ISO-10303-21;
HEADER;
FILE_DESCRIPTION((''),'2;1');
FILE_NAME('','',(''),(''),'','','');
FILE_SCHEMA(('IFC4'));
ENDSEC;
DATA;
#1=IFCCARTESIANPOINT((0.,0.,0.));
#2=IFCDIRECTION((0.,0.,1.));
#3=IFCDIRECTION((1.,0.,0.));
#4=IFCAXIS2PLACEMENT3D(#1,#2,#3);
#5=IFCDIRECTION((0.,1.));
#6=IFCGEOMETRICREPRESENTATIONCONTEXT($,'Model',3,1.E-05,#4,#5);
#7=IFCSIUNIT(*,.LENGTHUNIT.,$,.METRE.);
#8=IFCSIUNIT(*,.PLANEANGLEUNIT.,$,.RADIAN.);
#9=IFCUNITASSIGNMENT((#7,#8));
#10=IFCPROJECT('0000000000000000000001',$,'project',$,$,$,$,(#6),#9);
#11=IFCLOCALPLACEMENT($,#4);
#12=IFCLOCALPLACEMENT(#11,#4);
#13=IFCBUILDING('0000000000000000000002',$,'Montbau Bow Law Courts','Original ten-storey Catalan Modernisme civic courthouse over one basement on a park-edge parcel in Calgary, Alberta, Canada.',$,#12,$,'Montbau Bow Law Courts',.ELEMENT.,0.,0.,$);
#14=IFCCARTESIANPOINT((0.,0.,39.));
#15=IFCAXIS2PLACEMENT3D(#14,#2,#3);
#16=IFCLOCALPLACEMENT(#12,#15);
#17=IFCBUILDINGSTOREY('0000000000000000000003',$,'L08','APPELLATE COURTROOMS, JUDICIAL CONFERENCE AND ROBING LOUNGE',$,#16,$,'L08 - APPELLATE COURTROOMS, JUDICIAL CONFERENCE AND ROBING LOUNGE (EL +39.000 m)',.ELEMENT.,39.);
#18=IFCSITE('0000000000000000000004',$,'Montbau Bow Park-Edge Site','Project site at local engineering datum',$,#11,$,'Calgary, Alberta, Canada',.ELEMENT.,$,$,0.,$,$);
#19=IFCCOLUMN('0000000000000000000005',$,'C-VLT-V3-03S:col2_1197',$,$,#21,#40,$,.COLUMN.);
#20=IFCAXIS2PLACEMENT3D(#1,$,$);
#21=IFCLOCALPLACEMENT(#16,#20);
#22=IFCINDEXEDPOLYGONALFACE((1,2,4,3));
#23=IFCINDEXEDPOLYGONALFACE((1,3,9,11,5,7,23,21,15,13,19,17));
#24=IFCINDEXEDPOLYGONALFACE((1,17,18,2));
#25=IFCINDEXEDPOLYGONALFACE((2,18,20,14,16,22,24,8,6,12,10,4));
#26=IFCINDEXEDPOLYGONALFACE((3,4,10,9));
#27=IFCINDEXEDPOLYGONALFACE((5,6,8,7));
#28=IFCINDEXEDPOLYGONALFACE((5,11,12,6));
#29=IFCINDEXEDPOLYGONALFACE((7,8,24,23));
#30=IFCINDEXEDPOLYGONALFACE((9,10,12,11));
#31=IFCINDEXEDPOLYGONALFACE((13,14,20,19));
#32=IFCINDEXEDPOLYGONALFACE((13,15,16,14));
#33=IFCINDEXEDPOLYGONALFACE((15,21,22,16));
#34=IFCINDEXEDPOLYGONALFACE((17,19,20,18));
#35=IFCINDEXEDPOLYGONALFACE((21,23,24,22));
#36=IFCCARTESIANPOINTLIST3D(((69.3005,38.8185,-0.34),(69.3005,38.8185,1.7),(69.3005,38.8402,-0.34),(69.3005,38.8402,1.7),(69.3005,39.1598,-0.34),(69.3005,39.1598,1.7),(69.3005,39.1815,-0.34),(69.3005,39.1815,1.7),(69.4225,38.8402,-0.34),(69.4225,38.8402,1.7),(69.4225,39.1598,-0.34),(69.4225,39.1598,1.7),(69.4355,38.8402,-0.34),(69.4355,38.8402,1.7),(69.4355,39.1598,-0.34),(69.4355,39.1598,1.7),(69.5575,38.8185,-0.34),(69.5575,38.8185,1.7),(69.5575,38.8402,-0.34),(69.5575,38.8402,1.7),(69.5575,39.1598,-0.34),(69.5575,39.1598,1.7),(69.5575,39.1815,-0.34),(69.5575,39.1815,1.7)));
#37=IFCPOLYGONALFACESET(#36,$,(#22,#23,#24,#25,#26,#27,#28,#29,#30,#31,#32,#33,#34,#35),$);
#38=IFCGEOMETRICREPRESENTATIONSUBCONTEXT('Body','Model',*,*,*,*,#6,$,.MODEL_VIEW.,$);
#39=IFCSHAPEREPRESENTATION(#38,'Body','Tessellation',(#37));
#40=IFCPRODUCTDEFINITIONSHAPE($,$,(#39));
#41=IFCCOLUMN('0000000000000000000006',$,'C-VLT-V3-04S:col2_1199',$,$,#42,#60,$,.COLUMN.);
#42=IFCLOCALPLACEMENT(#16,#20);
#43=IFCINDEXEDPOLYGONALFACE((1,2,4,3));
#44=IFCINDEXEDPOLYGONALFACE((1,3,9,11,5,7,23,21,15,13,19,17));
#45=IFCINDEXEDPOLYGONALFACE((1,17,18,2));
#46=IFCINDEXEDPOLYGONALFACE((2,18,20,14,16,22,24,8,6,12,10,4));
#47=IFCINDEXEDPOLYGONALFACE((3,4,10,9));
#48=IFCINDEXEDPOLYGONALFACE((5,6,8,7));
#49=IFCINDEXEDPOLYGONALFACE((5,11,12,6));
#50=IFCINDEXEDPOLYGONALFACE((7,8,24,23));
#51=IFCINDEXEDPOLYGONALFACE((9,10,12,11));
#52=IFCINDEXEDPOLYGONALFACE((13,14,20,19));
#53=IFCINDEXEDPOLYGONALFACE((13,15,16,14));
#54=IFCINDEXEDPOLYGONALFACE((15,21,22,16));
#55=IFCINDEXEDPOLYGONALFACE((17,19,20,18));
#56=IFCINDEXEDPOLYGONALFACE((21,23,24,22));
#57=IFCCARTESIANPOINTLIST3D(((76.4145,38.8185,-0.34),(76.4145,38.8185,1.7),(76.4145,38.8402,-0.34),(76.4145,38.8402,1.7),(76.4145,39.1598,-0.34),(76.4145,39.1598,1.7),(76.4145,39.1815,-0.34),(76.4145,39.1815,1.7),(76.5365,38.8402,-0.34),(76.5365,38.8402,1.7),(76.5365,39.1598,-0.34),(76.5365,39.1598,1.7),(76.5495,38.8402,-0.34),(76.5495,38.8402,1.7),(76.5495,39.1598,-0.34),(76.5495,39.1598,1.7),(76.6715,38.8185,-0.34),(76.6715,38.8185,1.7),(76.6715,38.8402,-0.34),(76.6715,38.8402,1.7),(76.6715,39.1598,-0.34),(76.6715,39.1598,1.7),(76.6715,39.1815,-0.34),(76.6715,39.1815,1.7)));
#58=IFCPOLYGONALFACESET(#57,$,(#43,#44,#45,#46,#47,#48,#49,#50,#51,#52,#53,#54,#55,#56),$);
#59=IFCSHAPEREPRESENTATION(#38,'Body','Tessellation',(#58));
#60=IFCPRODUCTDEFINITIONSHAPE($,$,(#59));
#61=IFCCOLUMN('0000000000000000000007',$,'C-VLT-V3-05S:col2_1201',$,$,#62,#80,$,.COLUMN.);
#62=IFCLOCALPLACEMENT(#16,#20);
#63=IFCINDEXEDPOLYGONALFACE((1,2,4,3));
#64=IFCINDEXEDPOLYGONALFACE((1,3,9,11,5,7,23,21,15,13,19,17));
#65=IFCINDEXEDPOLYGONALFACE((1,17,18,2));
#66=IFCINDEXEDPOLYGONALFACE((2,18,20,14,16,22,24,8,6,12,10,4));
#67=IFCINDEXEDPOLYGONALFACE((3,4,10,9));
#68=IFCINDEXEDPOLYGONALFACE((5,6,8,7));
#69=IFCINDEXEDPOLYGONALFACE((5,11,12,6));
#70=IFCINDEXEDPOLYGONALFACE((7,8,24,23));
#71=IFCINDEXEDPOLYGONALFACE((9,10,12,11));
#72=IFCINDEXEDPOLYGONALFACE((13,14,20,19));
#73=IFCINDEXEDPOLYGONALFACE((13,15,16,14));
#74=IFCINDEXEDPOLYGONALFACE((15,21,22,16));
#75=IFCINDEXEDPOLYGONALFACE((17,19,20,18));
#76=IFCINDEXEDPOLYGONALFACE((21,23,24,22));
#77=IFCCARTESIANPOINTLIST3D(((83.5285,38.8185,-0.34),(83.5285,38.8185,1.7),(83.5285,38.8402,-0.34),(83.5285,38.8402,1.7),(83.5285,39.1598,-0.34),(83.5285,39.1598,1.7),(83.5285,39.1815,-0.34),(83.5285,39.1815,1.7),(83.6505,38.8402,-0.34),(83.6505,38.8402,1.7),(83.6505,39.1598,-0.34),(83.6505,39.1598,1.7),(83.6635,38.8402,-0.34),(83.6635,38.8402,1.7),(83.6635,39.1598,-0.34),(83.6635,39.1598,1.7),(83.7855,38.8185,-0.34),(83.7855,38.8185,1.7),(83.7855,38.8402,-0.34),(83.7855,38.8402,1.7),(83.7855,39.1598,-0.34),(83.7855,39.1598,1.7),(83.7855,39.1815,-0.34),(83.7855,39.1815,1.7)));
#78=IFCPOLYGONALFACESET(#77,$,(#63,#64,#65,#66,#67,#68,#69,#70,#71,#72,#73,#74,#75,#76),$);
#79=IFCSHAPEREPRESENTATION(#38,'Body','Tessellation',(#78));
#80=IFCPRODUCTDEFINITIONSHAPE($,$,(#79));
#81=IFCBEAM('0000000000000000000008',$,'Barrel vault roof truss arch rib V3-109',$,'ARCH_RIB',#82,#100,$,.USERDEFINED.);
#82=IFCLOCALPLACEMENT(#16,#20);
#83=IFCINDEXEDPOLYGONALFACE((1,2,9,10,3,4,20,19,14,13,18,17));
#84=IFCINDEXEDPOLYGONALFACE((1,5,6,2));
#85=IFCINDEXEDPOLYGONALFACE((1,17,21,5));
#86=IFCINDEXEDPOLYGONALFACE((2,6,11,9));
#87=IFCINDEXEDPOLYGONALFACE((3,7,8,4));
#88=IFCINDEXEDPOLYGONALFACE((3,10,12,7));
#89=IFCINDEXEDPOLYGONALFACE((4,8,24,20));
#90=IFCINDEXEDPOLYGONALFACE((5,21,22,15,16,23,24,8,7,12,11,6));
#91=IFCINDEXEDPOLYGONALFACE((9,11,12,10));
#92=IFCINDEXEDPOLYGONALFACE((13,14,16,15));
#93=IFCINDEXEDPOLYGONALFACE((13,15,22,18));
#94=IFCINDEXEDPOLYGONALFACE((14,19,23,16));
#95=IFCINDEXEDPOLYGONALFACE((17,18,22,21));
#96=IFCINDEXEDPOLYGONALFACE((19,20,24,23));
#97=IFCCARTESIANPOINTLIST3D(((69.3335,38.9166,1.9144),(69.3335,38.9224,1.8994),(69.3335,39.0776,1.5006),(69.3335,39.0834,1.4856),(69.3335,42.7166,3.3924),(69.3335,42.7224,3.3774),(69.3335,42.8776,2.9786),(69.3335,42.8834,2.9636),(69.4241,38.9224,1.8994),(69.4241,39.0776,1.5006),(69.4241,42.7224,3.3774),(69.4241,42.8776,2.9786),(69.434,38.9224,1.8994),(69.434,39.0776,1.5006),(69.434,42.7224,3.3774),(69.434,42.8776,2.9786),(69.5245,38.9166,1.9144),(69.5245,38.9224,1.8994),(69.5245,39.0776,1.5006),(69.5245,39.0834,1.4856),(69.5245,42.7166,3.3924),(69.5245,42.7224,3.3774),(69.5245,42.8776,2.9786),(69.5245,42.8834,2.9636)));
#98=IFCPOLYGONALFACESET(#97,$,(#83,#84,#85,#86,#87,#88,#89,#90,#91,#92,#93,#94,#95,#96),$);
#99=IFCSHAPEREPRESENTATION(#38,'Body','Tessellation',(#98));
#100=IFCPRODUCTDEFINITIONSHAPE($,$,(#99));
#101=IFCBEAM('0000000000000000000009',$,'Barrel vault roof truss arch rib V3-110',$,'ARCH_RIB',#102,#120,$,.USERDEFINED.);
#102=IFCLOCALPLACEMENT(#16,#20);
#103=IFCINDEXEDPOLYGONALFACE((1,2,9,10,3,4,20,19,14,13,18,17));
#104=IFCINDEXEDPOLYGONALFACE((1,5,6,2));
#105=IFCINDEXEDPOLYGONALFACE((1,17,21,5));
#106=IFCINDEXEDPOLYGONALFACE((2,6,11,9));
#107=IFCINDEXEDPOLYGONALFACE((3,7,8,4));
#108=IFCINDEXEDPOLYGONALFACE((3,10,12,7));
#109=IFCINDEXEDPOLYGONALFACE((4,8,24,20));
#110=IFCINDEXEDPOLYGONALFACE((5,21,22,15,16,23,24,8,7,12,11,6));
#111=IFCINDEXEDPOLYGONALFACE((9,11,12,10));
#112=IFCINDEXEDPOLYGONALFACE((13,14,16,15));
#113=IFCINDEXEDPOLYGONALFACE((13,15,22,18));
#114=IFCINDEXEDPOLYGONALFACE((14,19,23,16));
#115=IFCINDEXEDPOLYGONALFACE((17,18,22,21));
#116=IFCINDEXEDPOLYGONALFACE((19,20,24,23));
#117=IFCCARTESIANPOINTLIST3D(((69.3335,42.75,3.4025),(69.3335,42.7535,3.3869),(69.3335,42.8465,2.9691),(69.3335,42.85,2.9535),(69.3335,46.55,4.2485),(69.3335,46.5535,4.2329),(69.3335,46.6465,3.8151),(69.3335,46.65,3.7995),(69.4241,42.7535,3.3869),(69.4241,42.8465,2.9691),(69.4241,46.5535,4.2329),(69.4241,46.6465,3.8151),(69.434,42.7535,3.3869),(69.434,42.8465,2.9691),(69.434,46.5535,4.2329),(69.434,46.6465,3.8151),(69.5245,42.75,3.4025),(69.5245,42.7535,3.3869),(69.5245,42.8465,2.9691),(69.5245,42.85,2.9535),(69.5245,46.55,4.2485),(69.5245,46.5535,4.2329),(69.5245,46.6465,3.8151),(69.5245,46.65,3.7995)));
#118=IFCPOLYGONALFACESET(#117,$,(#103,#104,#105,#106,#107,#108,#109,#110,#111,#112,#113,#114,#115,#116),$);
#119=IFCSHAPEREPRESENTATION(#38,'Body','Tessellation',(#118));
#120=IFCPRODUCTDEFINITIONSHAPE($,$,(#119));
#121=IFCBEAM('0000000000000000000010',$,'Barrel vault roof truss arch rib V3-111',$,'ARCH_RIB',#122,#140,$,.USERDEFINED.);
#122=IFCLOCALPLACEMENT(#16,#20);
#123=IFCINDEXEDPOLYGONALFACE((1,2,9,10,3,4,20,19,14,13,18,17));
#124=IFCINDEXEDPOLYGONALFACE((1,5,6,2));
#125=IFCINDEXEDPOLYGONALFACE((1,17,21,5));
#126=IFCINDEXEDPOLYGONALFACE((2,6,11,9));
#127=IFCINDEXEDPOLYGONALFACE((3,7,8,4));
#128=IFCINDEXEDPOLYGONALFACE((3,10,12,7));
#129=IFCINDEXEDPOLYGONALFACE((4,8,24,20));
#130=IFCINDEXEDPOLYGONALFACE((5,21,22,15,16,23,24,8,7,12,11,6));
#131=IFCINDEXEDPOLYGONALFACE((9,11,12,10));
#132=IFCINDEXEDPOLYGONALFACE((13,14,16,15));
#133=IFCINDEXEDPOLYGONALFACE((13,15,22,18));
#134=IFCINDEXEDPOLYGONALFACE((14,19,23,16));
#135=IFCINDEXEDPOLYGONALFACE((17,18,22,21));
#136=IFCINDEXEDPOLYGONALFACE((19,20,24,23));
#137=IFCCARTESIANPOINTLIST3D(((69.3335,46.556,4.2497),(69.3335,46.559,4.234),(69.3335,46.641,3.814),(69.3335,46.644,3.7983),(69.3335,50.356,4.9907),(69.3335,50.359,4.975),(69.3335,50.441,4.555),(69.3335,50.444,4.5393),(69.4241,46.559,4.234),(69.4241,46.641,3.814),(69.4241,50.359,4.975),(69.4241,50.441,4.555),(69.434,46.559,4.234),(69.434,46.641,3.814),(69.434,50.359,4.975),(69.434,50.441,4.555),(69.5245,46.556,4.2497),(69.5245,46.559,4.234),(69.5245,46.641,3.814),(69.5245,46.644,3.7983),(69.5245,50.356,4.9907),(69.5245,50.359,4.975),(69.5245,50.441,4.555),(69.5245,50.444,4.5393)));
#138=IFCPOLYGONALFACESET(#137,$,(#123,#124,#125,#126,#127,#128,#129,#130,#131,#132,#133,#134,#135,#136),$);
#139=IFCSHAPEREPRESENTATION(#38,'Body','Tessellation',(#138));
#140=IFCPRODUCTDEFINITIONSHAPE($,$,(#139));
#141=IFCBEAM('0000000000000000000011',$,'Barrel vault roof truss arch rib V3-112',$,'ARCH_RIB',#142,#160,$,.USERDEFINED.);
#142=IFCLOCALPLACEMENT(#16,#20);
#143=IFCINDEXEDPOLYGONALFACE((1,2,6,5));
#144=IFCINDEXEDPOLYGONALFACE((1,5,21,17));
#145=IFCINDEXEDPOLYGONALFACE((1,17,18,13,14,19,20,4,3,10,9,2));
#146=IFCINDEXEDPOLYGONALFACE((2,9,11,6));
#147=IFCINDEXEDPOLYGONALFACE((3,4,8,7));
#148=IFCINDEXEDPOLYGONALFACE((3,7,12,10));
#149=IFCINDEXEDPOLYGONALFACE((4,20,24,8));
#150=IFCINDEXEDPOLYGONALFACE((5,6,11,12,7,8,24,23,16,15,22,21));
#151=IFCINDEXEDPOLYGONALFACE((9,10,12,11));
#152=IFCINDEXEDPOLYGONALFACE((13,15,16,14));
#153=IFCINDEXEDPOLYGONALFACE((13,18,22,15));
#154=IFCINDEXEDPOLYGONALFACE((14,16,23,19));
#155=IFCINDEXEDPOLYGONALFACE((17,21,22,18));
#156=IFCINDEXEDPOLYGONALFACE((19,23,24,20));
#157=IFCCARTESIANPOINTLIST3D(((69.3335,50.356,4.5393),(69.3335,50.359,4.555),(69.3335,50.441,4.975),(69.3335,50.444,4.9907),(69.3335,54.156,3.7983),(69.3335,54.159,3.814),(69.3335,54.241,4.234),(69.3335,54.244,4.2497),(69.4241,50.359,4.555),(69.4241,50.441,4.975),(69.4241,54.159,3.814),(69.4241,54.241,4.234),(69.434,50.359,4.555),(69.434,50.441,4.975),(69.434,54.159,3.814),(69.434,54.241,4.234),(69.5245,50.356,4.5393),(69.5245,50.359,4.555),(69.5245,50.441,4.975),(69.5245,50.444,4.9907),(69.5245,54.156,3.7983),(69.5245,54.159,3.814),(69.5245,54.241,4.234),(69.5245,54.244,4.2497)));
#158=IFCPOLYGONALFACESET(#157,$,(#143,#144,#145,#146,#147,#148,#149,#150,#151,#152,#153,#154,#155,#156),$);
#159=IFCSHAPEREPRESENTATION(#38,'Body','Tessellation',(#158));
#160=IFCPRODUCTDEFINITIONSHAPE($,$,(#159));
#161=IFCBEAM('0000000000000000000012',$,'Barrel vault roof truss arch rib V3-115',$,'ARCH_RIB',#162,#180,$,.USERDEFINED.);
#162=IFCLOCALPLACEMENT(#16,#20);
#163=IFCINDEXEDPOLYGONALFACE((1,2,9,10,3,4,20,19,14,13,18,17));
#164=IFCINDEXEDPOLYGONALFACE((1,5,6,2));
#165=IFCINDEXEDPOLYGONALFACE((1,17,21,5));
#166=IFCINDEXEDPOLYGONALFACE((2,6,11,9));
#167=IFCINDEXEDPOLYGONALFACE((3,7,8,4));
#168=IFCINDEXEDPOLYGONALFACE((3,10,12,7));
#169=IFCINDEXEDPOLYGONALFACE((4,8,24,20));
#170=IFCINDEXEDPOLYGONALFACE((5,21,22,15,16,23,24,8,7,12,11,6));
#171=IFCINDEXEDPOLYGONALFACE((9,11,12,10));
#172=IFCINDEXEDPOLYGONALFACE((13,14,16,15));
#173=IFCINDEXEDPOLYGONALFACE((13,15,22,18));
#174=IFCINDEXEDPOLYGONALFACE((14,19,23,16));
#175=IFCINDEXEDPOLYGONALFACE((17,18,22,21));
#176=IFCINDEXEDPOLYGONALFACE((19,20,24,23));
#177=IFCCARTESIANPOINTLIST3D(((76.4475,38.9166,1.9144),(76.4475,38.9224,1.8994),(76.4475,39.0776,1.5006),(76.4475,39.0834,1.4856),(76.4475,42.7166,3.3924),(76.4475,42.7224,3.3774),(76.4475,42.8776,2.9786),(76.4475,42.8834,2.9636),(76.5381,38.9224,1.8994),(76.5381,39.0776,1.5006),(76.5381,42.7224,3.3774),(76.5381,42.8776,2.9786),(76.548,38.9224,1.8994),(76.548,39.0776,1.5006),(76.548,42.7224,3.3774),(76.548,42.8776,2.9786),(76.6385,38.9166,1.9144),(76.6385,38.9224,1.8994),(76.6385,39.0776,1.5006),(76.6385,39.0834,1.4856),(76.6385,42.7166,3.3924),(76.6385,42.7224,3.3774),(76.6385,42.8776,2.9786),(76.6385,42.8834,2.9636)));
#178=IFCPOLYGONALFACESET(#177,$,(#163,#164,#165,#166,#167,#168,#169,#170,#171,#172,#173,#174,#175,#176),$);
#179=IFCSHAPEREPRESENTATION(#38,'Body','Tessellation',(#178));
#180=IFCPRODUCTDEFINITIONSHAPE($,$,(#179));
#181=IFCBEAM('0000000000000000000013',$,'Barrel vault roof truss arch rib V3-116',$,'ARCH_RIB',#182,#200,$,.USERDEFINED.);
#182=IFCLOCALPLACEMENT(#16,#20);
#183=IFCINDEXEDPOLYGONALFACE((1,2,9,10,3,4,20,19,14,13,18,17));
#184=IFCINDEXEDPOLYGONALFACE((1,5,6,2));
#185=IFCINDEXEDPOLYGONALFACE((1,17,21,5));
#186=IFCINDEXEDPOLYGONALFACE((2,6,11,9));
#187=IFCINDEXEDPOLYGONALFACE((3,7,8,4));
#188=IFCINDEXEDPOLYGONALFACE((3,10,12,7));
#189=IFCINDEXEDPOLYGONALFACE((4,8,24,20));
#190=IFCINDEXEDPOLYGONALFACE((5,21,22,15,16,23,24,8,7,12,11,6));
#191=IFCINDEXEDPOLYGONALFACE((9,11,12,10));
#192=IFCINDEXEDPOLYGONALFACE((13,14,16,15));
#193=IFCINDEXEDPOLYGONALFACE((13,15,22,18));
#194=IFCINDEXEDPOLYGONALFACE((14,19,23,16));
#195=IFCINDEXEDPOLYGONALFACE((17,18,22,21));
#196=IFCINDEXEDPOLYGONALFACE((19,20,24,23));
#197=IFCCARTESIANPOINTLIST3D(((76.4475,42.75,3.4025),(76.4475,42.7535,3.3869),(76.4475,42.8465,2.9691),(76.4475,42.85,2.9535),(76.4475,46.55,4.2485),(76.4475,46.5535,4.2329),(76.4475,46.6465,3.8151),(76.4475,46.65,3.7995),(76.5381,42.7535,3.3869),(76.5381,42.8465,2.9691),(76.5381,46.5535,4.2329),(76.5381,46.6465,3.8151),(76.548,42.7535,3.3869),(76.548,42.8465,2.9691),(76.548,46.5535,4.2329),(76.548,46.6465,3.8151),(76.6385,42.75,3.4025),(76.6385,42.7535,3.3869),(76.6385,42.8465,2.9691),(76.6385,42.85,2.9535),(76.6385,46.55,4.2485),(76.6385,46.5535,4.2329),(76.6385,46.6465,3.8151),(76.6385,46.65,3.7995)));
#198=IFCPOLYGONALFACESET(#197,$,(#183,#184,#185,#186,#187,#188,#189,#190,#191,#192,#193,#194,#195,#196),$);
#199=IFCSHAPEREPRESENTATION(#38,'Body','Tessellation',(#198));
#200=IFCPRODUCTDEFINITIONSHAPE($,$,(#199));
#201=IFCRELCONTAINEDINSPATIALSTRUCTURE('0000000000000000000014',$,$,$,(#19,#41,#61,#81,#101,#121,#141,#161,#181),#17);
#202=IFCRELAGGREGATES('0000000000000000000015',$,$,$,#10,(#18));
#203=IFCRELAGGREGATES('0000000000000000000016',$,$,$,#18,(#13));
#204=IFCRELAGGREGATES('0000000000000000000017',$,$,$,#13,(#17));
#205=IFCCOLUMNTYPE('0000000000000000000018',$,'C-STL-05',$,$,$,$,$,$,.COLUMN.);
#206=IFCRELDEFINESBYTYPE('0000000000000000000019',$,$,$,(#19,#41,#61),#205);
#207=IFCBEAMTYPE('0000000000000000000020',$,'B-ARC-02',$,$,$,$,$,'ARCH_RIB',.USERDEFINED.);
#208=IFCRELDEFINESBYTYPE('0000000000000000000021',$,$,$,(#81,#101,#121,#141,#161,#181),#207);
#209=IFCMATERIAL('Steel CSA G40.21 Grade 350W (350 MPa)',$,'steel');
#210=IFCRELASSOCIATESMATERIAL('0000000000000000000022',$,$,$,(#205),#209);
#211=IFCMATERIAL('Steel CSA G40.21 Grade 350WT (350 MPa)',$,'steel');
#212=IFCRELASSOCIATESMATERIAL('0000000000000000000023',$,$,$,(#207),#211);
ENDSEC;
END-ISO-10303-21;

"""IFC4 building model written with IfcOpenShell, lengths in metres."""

from ifc_helpers import new_model, si_unit, direction, frame, origin_with_axes, origin_2d_with_axis, place, context, subcontext, project, spatial, i_section, extrude, material, material_profile, profile_set, type_object, element, save


model = new_model("IFC4")

# Units and contexts
model_context = context("Model", 3, precision=1e-05, world=origin_with_axes(), true_north=direction((0.0, 1.0)))
body_context = subcontext(model_context, "Body", "Model", "MODEL_VIEW")
ifc_project = project(units=[si_unit("LENGTHUNIT", "METRE"), si_unit("PLANEANGLEUNIT", "RADIAN")], contexts=[model_context])

# Site, building, storey
site_placement = place(None, origin_with_axes())
site = spatial("IfcSite", under=ifc_project, at=site_placement, Name="Montbau Bow Park-Edge Site", Description="Project site at local engineering datum", LongName="Calgary, Alberta, Canada", CompositionType="ELEMENT", RefElevation=0.0)
building_placement = place(site_placement, origin_with_axes())
building = spatial("IfcBuilding", under=site, at=building_placement, Name="Montbau Bow Law Courts", Description="Original ten-storey Catalan Modernisme civic courthouse over one basement on a park-edge parcel in Calgary, Alberta, Canada.", LongName="Montbau Bow Law Courts", CompositionType="ELEMENT", ElevationOfRefHeight=0.0, ElevationOfTerrain=0.0)
storey_placement = place(building_placement, frame((0.0, 0.0, 39.0), z_axis=(0.0, 0.0, 1.0), x_axis=(1.0, 0.0, 0.0)))
storey = spatial("IfcBuildingStorey", under=building, at=storey_placement, Name="L08", Description="APPELLATE COURTROOMS, JUDICIAL CONFERENCE AND ROBING LOUNGE", LongName="L08 - APPELLATE COURTROOMS, JUDICIAL CONFERENCE AND ROBING LOUNGE (EL +39.000 m)", CompositionType="ELEMENT", Elevation=39.0)

# Columns
ifc_material_1 = material(Name="Steel CSA G40.21 Grade 350W (350 MPa)", Category="steel")
ifc_material_profile_1 = material_profile(ifc_material_1, i_section(OverallWidth=0.257, OverallDepth=0.363, WebThickness=0.013, FlangeThickness=0.0217, at=origin_2d_with_axis()), Name="W360X122", Category="Main", Priority=0)
ifc_profile_set_1 = profile_set([ifc_material_profile_1], Name="Steel CSA G40.21 Grade 350W (350 MPa)")
column_type = type_object("IfcColumnType", Name="C-STL-05", PredefinedType="COLUMN", material=ifc_profile_set_1)
for number, where, z_axis, x_axis, name in (
    (1, (69.429, 39.0, 38.66), (0.0, 0.0, 1.0), (1.0, 0.0, 0.0), "C-VLT-V3-03S:col2_1197"),
    (2, (76.543, 39.0, 38.66), (0.0, 0.0, 1.0), (1.0, 0.0, 0.0), "C-VLT-V3-04S:col2_1199"),
    (3, (83.657, 39.0, 38.66), (0.0, 0.0, 1.0), (1.0, 0.0, 0.0), "C-VLT-V3-05S:col2_1201"),
):
    element("IfcColumn", number, at=place(None, frame(where, z_axis=z_axis, x_axis=x_axis)), inside=storey, type_object=column_type, Name=name, PredefinedType="COLUMN", context=body_context, shape_type="SweptSolid", body=[
        extrude(i_section(OverallWidth=0.257, OverallDepth=0.363, WebThickness=0.013, FlangeThickness=0.0217, at=origin_2d_with_axis()), origin_with_axes(), (0.0, 0.0, 1.0), 2.04),
    ])

# Beams
ifc_material_2 = material(Name="Steel CSA G40.21 Grade 350WT (350 MPa)", Category="steel")
ifc_material_profile_2 = material_profile(ifc_material_2, i_section(OverallWidth=0.191, OverallDepth=0.46, WebThickness=0.0099, FlangeThickness=0.016, at=origin_2d_with_axis()), Name="W460X82", Category="Main", Priority=0)
ifc_profile_set_2 = profile_set([ifc_material_profile_2], Name="Steel CSA G40.21 Grade 350WT (350 MPa)")
beam_type_1 = type_object("IfcBeamType", Name="B-ARC-02", ElementType="ARCH_RIB", PredefinedType="USERDEFINED", material=ifc_profile_set_2)
beam_1_placement = place(None, frame((69.429, 39.0, 40.7), z_axis=(0.0, 0.931986, 0.362494), x_axis=(-1.0, 0.0, 0.0)))
element("IfcBeam", 4, at=beam_1_placement, inside=storey, type_object=beam_type_1, Name="Barrel vault roof truss arch rib V3-109", ObjectType="ARCH_RIB", PredefinedType="USERDEFINED", context=body_context, shape_type="SweptSolid", body=[
    extrude(i_section(OverallWidth=0.191, OverallDepth=0.46, WebThickness=0.0099, FlangeThickness=0.016, at=origin_2d_with_axis()), origin_with_axes(), (0.0, 0.0, 1.0), 4.0773),
])
beam_2_placement = place(None, frame((69.429, 42.8, 42.178), z_axis=(0.0, 0.976102, 0.217311), x_axis=(-1.0, 0.0, 0.0)))
element("IfcBeam", 5, at=beam_2_placement, inside=storey, type_object=beam_type_1, Name="Barrel vault roof truss arch rib V3-110", ObjectType="ARCH_RIB", PredefinedType="USERDEFINED", context=body_context, shape_type="SweptSolid", body=[
    extrude(i_section(OverallWidth=0.191, OverallDepth=0.46, WebThickness=0.0099, FlangeThickness=0.016, at=origin_2d_with_axis()), origin_with_axes(), (0.0, 0.0, 1.0), 3.893),
])
for number, where, z_axis, x_axis, name in (
    (6, (69.429, 46.6, 43.024), (0.0, 0.981513, 0.191395), (-1.0, 0.0, 0.0), "Barrel vault roof truss arch rib V3-111"),
    (7, (69.429, 50.4, 43.765), (0.0, 0.981513, -0.191395), (-1.0, 0.0, 0.0), "Barrel vault roof truss arch rib V3-112"),
):
    element("IfcBeam", number, at=place(None, frame(where, z_axis=z_axis, x_axis=x_axis)), inside=storey, type_object=beam_type_1, Name=name, ObjectType="ARCH_RIB", PredefinedType="USERDEFINED", context=body_context, shape_type="SweptSolid", body=[
        extrude(i_section(OverallWidth=0.191, OverallDepth=0.46, WebThickness=0.0099, FlangeThickness=0.016, at=origin_2d_with_axis()), origin_with_axes(), (0.0, 0.0, 1.0), 3.8716),
    ])
beam_3_placement = place(None, frame((76.543, 39.0, 40.7), z_axis=(0.0, 0.931986, 0.362494), x_axis=(-1.0, 0.0, 0.0)))
element("IfcBeam", 8, at=beam_3_placement, inside=storey, type_object=beam_type_1, Name="Barrel vault roof truss arch rib V3-115", ObjectType="ARCH_RIB", PredefinedType="USERDEFINED", context=body_context, shape_type="SweptSolid", body=[
    extrude(i_section(OverallWidth=0.191, OverallDepth=0.46, WebThickness=0.0099, FlangeThickness=0.016, at=origin_2d_with_axis()), origin_with_axes(), (0.0, 0.0, 1.0), 4.0773),
])
beam_4_placement = place(None, frame((76.543, 42.8, 42.178), z_axis=(0.0, 0.976102, 0.217311), x_axis=(-1.0, 0.0, 0.0)))
element("IfcBeam", 9, at=beam_4_placement, inside=storey, type_object=beam_type_1, Name="Barrel vault roof truss arch rib V3-116", ObjectType="ARCH_RIB", PredefinedType="USERDEFINED", context=body_context, shape_type="SweptSolid", body=[
    extrude(i_section(OverallWidth=0.191, OverallDepth=0.46, WebThickness=0.0099, FlangeThickness=0.016, at=origin_2d_with_axis()), origin_with_axes(), (0.0, 0.0, 1.0), 3.893),
])

save(model, "model.ifc")
